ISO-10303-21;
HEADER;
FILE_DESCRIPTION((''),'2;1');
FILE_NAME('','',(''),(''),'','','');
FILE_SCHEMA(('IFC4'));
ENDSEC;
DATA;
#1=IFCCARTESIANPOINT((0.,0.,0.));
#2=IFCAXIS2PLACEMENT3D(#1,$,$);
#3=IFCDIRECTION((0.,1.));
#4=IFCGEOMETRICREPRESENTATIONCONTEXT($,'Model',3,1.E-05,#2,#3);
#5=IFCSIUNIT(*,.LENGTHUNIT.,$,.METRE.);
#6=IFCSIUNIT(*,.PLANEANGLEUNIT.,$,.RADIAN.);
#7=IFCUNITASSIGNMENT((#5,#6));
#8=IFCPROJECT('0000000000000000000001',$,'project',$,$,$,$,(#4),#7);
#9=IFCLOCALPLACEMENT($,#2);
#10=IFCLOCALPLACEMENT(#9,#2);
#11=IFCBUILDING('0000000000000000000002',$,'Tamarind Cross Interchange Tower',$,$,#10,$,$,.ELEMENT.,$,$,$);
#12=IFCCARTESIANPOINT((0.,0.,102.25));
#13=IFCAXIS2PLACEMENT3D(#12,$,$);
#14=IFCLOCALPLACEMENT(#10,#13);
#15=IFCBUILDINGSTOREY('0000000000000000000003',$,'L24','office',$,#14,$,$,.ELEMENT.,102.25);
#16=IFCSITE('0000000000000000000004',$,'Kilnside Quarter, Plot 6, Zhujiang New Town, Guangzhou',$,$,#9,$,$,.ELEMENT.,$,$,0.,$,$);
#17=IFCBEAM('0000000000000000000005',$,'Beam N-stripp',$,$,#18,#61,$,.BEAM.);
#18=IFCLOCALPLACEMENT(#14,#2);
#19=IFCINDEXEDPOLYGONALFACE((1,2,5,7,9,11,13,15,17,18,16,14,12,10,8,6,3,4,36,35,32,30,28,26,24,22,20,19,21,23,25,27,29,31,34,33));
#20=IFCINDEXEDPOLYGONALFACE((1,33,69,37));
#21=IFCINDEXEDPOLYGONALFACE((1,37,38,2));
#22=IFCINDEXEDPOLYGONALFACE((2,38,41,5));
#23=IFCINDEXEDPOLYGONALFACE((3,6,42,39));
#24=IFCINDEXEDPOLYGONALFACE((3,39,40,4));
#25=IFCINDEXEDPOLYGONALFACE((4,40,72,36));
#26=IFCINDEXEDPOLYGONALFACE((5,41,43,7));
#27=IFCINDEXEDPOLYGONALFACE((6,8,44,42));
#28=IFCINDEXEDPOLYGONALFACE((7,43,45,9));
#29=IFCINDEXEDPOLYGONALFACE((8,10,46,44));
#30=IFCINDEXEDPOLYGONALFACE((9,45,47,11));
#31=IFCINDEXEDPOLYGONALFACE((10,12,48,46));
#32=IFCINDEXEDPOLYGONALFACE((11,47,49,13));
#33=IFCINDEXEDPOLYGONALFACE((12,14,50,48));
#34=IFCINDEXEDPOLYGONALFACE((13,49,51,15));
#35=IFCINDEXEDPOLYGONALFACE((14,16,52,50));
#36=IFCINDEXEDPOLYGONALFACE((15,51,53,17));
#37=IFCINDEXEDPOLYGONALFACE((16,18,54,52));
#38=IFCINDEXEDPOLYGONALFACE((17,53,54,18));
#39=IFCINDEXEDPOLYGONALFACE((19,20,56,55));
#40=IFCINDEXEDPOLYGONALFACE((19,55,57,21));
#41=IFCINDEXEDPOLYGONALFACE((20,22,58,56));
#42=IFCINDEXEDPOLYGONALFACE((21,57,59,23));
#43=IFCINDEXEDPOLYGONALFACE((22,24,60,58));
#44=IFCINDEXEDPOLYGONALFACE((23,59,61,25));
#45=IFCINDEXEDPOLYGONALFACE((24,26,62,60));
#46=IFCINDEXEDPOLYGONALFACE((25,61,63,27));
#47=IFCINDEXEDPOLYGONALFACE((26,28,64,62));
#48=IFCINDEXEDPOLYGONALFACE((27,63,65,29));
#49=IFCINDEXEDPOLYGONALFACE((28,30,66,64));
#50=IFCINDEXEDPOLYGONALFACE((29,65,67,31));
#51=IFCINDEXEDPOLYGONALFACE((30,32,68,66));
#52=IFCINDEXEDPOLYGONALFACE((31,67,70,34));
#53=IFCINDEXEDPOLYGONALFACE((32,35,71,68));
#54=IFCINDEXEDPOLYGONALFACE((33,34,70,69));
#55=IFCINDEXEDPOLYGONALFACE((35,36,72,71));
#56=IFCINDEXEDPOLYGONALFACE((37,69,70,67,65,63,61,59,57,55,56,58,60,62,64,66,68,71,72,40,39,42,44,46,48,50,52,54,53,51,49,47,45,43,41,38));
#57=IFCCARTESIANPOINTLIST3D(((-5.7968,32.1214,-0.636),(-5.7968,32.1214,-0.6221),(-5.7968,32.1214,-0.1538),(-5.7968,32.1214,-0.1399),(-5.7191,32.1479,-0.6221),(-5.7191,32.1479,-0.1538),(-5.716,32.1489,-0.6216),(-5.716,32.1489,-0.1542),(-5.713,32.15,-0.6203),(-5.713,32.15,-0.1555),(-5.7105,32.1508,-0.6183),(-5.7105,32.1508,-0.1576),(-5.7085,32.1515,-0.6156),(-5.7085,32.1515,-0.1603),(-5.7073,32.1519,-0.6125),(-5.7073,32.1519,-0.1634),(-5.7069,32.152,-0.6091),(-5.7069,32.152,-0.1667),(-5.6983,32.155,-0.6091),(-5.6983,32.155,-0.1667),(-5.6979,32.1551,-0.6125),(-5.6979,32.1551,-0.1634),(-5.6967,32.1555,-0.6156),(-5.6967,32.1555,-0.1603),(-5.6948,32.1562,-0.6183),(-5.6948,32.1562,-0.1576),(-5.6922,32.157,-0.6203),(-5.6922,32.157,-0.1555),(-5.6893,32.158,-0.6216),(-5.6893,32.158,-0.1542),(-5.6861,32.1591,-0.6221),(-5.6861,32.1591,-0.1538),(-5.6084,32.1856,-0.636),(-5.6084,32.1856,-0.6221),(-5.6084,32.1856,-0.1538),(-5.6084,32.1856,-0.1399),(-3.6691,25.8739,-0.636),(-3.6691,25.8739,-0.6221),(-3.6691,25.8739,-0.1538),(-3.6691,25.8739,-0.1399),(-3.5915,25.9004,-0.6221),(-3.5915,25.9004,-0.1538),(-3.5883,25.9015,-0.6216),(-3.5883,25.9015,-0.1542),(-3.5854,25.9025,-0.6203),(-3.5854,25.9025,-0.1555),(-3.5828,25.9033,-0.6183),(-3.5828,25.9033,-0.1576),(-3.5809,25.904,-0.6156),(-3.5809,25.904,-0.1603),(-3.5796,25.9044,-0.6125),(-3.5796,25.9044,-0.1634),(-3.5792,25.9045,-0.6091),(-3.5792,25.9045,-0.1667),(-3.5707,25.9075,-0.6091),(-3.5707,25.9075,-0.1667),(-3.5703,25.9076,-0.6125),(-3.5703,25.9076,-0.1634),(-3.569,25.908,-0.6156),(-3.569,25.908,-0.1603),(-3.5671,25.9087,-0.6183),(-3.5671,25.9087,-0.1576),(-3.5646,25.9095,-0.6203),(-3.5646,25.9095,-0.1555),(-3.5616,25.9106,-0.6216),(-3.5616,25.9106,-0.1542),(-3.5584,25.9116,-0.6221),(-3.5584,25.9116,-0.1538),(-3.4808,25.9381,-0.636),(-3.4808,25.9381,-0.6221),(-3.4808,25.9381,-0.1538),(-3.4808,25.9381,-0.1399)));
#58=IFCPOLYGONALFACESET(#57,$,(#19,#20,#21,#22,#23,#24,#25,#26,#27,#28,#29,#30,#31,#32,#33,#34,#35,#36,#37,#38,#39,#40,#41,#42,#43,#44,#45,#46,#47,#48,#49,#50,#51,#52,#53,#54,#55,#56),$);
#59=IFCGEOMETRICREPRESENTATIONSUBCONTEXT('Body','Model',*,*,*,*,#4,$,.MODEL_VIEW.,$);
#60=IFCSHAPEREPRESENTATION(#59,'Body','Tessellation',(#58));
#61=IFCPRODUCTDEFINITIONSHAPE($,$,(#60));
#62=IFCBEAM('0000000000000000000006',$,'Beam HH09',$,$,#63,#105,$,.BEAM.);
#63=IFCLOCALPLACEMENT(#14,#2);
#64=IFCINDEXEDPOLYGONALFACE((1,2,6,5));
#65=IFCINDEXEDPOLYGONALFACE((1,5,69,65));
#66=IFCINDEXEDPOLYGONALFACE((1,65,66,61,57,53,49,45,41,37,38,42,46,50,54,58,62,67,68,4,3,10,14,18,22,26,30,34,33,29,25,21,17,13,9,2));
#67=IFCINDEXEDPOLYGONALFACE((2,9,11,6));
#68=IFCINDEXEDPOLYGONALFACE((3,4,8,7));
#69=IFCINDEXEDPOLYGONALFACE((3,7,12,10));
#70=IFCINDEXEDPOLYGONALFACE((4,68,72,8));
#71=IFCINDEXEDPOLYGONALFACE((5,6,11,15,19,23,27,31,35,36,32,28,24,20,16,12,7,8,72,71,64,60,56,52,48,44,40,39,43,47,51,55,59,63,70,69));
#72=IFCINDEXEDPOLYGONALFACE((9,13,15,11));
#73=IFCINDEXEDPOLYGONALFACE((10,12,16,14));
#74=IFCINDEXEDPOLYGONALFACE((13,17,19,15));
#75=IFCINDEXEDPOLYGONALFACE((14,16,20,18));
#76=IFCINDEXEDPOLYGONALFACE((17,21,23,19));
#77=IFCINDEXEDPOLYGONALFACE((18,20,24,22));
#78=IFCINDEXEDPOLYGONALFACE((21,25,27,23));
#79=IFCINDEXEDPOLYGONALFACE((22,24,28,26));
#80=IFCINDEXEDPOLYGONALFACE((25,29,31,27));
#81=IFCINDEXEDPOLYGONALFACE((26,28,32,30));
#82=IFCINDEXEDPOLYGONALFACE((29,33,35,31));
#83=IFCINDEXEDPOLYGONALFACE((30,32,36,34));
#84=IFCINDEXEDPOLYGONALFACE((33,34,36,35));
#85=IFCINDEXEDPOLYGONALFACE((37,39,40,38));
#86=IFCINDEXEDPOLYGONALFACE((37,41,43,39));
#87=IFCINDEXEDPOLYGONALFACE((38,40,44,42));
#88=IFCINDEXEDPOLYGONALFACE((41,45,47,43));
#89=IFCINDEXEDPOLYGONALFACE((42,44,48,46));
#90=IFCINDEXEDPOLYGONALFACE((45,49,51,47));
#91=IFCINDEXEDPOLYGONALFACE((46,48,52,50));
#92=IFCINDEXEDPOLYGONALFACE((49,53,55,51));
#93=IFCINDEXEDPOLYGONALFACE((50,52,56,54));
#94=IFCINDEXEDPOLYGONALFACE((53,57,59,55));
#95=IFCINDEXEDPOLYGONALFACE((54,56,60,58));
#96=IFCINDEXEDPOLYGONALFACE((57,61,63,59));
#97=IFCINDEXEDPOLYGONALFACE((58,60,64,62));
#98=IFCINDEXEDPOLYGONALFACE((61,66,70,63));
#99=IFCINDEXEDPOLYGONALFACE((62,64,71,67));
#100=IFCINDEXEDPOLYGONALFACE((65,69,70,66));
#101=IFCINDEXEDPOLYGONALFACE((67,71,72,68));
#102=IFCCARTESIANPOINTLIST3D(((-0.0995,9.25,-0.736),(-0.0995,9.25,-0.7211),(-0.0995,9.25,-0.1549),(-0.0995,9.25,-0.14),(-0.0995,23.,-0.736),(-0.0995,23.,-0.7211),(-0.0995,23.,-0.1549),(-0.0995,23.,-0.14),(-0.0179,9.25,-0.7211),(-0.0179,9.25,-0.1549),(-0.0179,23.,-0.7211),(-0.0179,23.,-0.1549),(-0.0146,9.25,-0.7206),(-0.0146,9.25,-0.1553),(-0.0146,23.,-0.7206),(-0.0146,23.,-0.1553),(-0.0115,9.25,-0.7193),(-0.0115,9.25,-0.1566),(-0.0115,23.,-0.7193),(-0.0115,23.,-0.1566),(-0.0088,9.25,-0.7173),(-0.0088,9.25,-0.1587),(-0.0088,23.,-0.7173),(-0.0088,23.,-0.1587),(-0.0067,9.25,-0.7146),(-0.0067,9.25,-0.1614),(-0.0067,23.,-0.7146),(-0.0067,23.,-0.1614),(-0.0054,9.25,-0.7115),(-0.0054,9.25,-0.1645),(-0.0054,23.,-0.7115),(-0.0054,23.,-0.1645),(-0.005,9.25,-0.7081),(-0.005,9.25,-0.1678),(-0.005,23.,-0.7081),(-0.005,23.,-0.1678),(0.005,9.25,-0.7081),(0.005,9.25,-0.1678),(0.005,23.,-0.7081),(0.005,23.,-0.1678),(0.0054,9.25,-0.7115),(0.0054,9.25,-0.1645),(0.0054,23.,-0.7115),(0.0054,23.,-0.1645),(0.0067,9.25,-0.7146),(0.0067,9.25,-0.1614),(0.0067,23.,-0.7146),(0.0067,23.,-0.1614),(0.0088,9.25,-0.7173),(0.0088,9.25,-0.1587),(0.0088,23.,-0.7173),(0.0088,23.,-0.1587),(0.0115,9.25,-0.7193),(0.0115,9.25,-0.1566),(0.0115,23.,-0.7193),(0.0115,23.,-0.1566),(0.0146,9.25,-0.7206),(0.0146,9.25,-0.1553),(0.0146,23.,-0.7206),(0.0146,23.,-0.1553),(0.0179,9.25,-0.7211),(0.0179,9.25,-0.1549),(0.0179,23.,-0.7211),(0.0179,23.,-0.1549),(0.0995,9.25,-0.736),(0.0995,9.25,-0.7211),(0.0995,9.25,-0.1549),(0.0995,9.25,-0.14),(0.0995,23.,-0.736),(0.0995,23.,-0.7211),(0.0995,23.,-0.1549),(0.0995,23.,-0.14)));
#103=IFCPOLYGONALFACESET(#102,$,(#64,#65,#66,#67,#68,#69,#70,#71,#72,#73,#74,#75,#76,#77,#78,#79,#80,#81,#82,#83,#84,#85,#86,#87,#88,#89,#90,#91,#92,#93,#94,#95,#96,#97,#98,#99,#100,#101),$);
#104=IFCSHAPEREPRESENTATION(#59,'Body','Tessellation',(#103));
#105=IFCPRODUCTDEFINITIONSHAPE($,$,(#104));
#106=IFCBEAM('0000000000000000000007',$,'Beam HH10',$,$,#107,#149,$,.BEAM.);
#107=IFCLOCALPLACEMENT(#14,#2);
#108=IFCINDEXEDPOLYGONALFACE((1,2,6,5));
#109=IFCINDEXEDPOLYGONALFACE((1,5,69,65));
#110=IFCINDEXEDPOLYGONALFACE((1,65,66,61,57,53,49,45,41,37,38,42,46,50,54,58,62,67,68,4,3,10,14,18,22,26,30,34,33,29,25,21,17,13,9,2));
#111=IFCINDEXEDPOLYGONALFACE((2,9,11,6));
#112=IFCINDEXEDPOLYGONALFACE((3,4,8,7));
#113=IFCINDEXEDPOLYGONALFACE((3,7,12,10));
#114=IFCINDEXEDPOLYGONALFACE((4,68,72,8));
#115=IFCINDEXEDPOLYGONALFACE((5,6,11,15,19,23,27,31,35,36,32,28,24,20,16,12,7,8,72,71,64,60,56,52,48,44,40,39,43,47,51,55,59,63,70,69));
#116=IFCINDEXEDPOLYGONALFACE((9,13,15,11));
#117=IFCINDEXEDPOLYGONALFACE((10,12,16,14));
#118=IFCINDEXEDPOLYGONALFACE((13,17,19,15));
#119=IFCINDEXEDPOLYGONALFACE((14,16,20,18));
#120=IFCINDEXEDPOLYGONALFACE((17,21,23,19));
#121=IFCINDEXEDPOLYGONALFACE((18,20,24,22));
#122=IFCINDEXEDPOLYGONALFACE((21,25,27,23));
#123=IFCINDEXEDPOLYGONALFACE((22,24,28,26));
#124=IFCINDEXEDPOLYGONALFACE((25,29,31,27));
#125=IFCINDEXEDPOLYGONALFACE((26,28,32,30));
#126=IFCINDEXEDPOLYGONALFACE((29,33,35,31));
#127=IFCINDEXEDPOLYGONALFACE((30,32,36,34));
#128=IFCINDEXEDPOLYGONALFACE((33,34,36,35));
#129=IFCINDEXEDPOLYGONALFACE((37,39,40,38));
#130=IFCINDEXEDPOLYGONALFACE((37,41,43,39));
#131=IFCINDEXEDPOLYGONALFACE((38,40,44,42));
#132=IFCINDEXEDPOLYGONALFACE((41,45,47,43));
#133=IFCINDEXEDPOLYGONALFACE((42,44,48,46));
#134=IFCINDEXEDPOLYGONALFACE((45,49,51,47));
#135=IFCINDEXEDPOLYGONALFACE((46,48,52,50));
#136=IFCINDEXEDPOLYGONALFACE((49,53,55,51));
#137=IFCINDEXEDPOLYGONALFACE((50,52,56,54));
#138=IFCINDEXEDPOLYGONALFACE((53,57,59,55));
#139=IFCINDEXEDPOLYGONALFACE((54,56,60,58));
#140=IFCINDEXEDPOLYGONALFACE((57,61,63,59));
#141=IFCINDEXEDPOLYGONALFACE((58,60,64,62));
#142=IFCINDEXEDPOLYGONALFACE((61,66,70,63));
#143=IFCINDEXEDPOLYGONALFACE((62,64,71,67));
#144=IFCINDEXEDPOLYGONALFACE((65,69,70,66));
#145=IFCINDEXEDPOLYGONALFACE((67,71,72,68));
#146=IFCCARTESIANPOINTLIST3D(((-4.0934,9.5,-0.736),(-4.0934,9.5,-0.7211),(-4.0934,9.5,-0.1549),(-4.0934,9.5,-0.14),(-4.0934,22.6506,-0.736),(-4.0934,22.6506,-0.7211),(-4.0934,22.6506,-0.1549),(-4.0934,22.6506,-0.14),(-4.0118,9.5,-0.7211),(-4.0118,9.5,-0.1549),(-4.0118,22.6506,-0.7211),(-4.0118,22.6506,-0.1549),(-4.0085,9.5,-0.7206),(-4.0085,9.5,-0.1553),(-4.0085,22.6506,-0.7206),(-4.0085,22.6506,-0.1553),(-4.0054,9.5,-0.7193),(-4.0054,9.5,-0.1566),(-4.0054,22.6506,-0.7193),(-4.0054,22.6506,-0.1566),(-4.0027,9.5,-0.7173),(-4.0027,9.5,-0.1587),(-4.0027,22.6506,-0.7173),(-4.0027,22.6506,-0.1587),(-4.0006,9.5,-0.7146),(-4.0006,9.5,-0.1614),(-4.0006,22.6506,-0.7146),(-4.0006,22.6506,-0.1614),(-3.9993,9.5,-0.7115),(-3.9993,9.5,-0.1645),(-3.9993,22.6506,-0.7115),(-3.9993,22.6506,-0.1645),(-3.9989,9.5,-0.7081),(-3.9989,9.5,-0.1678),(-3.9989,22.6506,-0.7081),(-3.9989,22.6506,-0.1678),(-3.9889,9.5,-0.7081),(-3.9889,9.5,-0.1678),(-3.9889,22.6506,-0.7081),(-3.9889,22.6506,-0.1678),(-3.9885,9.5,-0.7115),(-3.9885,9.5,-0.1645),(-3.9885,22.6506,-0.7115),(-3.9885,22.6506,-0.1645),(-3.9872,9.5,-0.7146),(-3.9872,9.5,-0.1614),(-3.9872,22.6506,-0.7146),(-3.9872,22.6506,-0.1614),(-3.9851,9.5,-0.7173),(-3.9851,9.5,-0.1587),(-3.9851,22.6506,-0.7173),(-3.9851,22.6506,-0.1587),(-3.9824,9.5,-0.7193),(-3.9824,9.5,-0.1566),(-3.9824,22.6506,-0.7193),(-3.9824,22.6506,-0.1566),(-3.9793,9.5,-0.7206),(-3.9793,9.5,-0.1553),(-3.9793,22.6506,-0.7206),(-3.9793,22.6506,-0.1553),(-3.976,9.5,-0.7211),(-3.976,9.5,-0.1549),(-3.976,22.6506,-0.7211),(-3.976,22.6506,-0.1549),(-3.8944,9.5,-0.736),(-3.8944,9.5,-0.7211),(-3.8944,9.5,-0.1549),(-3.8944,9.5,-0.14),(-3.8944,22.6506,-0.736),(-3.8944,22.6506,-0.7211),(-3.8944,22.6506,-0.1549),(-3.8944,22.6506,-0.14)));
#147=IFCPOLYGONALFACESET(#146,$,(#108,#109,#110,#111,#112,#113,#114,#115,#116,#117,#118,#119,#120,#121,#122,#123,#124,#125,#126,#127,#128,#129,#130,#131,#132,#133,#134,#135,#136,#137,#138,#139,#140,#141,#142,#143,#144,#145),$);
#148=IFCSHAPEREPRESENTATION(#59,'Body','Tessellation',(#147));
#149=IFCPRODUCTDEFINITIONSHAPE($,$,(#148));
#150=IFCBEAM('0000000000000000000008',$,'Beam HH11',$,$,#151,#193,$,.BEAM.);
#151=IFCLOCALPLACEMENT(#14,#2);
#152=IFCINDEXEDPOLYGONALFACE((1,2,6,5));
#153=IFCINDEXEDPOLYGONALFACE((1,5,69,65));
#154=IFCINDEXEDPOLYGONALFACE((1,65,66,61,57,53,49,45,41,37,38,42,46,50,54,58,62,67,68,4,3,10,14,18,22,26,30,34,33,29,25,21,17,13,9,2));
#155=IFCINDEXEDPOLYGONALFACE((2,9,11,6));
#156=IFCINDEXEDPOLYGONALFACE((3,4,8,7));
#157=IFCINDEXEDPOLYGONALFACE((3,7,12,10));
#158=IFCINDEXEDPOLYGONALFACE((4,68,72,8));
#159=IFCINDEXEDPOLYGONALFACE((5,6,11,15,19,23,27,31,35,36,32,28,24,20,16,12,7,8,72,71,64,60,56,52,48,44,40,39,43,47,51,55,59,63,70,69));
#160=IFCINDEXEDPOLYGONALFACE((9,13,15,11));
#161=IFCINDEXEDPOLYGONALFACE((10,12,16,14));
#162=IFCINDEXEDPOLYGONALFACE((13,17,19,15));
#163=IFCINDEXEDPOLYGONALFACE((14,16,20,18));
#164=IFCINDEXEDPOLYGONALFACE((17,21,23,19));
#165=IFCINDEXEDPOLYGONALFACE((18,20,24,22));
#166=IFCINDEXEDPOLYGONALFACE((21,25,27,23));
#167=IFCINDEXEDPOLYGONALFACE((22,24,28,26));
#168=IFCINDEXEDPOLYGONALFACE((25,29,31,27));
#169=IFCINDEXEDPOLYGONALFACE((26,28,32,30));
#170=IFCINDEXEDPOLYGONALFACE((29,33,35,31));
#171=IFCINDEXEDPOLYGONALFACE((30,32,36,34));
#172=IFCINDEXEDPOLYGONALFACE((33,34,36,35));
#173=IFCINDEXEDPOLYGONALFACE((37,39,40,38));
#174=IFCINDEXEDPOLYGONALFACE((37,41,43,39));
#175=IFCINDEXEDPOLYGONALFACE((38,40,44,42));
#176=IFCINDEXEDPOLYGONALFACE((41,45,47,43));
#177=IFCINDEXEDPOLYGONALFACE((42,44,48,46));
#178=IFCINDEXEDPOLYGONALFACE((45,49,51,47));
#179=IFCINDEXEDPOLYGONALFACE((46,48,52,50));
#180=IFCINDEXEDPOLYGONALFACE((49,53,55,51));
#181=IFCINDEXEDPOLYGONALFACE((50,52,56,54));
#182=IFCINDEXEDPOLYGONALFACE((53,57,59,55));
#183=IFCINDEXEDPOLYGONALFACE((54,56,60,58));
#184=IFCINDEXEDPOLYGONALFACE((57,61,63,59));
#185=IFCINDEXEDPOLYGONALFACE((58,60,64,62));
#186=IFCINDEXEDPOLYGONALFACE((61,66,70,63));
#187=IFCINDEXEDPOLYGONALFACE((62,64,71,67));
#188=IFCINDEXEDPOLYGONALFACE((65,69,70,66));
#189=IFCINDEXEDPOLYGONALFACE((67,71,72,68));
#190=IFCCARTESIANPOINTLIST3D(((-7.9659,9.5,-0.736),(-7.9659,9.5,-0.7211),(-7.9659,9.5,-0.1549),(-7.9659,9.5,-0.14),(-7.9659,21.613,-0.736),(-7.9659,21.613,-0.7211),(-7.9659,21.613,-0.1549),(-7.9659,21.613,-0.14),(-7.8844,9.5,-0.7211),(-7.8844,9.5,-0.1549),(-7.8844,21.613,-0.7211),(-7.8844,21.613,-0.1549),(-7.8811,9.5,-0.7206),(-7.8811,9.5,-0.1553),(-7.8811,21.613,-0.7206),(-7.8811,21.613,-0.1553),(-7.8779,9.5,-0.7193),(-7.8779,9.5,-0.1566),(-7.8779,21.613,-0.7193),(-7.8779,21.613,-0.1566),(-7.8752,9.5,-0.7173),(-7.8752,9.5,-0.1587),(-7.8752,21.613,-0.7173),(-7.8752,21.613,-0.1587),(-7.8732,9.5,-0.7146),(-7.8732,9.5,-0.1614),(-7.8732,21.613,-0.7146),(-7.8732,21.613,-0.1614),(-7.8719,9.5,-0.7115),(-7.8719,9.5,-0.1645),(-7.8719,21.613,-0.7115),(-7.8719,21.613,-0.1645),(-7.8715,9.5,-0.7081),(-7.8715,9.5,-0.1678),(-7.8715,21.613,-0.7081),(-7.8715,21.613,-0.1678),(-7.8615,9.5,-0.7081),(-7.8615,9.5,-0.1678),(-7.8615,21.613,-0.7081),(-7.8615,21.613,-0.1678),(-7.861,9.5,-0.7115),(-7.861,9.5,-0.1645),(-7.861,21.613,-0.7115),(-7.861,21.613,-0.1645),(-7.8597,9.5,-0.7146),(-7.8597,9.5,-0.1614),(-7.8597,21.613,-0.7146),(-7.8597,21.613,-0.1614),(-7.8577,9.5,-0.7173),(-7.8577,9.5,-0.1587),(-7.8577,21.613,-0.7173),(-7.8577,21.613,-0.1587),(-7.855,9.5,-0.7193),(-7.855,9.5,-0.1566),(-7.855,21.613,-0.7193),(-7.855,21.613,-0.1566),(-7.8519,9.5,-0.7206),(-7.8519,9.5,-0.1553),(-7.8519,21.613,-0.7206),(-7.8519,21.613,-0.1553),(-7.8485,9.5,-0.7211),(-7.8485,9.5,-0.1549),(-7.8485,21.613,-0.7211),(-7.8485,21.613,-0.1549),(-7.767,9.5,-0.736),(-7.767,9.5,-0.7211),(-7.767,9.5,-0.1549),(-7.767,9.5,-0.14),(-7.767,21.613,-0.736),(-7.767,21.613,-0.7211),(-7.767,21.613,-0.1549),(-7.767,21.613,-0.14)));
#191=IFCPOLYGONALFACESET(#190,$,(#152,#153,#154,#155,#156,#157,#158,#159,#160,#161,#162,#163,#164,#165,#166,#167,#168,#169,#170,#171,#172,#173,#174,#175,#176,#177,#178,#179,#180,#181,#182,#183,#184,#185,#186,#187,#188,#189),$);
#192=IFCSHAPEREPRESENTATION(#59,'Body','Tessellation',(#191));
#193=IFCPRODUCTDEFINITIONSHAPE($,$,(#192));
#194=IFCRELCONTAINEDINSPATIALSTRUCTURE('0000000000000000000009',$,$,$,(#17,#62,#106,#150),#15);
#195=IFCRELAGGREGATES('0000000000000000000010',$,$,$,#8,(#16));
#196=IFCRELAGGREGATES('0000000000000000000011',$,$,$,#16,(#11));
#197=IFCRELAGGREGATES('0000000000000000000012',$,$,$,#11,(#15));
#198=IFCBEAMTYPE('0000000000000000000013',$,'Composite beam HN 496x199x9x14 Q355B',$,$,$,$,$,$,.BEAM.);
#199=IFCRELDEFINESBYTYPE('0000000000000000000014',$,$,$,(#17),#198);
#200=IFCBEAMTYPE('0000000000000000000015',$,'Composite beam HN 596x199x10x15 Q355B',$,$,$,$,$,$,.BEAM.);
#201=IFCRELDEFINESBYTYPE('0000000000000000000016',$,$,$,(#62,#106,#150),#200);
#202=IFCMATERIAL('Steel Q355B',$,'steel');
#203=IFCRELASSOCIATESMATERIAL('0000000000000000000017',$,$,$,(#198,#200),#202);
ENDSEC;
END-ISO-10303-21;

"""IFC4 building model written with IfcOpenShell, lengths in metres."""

from ifc_helpers import new_model, si_unit, direction, frame, origin, origin_2d, place, context, subcontext, project, spatial, i_section, extrude, material, material_profile, profile_set, type_object, element, save


model = new_model("IFC4")

# Units and contexts
model_context = context("Model", 3, precision=1e-05, world=origin(), true_north=direction((0.0, 1.0)))
body_context = subcontext(model_context, "Body", "Model", "MODEL_VIEW")
ifc_project = project(units=[si_unit("LENGTHUNIT", "METRE"), si_unit("PLANEANGLEUNIT", "RADIAN")], contexts=[model_context])

# Site, building, storey
site_placement = place(None, origin())
site = spatial("IfcSite", under=ifc_project, at=site_placement, Name="Kilnside Quarter, Plot 6, Zhujiang New Town, Guangzhou", CompositionType="ELEMENT", RefElevation=0.0)
building_placement = place(site_placement, origin())
building = spatial("IfcBuilding", under=site, at=building_placement, Name="Tamarind Cross Interchange Tower", CompositionType="ELEMENT")
storey_placement = place(building_placement, frame((0.0, 0.0, 102.25)))
storey = spatial("IfcBuildingStorey", under=building, at=storey_placement, Name="L24", Description="office", CompositionType="ELEMENT", Elevation=102.25)

# Beams
ifc_material_1 = material(Name="Steel Q355B", Category="steel")
ifc_material_profile_1 = material_profile(ifc_material_1, i_section(OverallWidth=0.199, OverallDepth=0.4961, WebThickness=0.009, FlangeThickness=0.0139, FilletRadius=0.0129, at=origin_2d()), Name="HN 496x199x9x14")
ifc_profile_set_1 = profile_set([ifc_material_profile_1], Name="Steel Q355B")
beam_type_1 = type_object("IfcBeamType", Name="Composite beam HN 496x199x9x14 Q355B", PredefinedType="BEAM", material=ifc_profile_set_1)
for number, where, z_axis, x_axis, name in (
    (1, (-3.575, 25.906, -0.3879), (-0.32238, 0.94661, 0.0), (-0.94661, -0.32238, 0.0), "Beam N-stripp"),
):
    element("IfcBeam", number, at=place(storey_placement, frame(where, z_axis=z_axis, x_axis=x_axis)), inside=storey, type_object=beam_type_1, Name=name, PredefinedType="BEAM", context=body_context, shape_type="SweptSolid", body=[
        extrude(i_section(OverallWidth=0.199, OverallDepth=0.4961, WebThickness=0.009, FlangeThickness=0.0139, FilletRadius=0.0129, at=origin_2d()), origin(), (0.0, 0.0, 1.0), 6.5999),
    ])
ifc_material_profile_2 = material_profile(ifc_material_1, i_section(OverallWidth=0.199, OverallDepth=0.5959, WebThickness=0.01, FlangeThickness=0.0149, FilletRadius=0.0129, at=origin_2d()), Name="HN 596x199x10x15")
ifc_profile_set_2 = profile_set([ifc_material_profile_2], Name="Steel Q355B")
beam_type_2 = type_object("IfcBeamType", Name="Composite beam HN 596x199x10x15 Q355B", PredefinedType="BEAM", material=ifc_profile_set_2)
beam_1_placement = place(storey_placement, frame((0.0, 23.0, -0.438), z_axis=(0.0, -1.0, 0.0), x_axis=(1.0, 0.0, 0.0)))
element("IfcBeam", 2, at=beam_1_placement, inside=storey, type_object=beam_type_2, Name="Beam HH09", PredefinedType="BEAM", context=body_context, shape_type="SweptSolid", body=[
    extrude(i_section(OverallWidth=0.199, OverallDepth=0.5959, WebThickness=0.01, FlangeThickness=0.0149, FilletRadius=0.0129, at=origin_2d()), origin(), (0.0, 0.0, 1.0), 13.75),
])
beam_2_placement = place(storey_placement, frame((-3.9939, 22.6506, -0.438), z_axis=(0.0, -1.0, 0.0), x_axis=(1.0, 0.0, 0.0)))
element("IfcBeam", 3, at=beam_2_placement, inside=storey, type_object=beam_type_2, Name="Beam HH10", PredefinedType="BEAM", context=body_context, shape_type="SweptSolid", body=[
    extrude(i_section(OverallWidth=0.199, OverallDepth=0.5959, WebThickness=0.01, FlangeThickness=0.0149, FilletRadius=0.0129, at=origin_2d()), origin(), (0.0, 0.0, 1.0), 13.1506),
])
beam_3_placement = place(storey_placement, frame((-7.8665, 21.613, -0.438), z_axis=(0.0, -1.0, 0.0), x_axis=(1.0, 0.0, 0.0)))
element("IfcBeam", 4, at=beam_3_placement, inside=storey, type_object=beam_type_2, Name="Beam HH11", PredefinedType="BEAM", context=body_context, shape_type="SweptSolid", body=[
    extrude(i_section(OverallWidth=0.199, OverallDepth=0.5959, WebThickness=0.01, FlangeThickness=0.0149, FilletRadius=0.0129, at=origin_2d()), origin(), (0.0, 0.0, 1.0), 12.113),
])

save(model, "model.ifc")
